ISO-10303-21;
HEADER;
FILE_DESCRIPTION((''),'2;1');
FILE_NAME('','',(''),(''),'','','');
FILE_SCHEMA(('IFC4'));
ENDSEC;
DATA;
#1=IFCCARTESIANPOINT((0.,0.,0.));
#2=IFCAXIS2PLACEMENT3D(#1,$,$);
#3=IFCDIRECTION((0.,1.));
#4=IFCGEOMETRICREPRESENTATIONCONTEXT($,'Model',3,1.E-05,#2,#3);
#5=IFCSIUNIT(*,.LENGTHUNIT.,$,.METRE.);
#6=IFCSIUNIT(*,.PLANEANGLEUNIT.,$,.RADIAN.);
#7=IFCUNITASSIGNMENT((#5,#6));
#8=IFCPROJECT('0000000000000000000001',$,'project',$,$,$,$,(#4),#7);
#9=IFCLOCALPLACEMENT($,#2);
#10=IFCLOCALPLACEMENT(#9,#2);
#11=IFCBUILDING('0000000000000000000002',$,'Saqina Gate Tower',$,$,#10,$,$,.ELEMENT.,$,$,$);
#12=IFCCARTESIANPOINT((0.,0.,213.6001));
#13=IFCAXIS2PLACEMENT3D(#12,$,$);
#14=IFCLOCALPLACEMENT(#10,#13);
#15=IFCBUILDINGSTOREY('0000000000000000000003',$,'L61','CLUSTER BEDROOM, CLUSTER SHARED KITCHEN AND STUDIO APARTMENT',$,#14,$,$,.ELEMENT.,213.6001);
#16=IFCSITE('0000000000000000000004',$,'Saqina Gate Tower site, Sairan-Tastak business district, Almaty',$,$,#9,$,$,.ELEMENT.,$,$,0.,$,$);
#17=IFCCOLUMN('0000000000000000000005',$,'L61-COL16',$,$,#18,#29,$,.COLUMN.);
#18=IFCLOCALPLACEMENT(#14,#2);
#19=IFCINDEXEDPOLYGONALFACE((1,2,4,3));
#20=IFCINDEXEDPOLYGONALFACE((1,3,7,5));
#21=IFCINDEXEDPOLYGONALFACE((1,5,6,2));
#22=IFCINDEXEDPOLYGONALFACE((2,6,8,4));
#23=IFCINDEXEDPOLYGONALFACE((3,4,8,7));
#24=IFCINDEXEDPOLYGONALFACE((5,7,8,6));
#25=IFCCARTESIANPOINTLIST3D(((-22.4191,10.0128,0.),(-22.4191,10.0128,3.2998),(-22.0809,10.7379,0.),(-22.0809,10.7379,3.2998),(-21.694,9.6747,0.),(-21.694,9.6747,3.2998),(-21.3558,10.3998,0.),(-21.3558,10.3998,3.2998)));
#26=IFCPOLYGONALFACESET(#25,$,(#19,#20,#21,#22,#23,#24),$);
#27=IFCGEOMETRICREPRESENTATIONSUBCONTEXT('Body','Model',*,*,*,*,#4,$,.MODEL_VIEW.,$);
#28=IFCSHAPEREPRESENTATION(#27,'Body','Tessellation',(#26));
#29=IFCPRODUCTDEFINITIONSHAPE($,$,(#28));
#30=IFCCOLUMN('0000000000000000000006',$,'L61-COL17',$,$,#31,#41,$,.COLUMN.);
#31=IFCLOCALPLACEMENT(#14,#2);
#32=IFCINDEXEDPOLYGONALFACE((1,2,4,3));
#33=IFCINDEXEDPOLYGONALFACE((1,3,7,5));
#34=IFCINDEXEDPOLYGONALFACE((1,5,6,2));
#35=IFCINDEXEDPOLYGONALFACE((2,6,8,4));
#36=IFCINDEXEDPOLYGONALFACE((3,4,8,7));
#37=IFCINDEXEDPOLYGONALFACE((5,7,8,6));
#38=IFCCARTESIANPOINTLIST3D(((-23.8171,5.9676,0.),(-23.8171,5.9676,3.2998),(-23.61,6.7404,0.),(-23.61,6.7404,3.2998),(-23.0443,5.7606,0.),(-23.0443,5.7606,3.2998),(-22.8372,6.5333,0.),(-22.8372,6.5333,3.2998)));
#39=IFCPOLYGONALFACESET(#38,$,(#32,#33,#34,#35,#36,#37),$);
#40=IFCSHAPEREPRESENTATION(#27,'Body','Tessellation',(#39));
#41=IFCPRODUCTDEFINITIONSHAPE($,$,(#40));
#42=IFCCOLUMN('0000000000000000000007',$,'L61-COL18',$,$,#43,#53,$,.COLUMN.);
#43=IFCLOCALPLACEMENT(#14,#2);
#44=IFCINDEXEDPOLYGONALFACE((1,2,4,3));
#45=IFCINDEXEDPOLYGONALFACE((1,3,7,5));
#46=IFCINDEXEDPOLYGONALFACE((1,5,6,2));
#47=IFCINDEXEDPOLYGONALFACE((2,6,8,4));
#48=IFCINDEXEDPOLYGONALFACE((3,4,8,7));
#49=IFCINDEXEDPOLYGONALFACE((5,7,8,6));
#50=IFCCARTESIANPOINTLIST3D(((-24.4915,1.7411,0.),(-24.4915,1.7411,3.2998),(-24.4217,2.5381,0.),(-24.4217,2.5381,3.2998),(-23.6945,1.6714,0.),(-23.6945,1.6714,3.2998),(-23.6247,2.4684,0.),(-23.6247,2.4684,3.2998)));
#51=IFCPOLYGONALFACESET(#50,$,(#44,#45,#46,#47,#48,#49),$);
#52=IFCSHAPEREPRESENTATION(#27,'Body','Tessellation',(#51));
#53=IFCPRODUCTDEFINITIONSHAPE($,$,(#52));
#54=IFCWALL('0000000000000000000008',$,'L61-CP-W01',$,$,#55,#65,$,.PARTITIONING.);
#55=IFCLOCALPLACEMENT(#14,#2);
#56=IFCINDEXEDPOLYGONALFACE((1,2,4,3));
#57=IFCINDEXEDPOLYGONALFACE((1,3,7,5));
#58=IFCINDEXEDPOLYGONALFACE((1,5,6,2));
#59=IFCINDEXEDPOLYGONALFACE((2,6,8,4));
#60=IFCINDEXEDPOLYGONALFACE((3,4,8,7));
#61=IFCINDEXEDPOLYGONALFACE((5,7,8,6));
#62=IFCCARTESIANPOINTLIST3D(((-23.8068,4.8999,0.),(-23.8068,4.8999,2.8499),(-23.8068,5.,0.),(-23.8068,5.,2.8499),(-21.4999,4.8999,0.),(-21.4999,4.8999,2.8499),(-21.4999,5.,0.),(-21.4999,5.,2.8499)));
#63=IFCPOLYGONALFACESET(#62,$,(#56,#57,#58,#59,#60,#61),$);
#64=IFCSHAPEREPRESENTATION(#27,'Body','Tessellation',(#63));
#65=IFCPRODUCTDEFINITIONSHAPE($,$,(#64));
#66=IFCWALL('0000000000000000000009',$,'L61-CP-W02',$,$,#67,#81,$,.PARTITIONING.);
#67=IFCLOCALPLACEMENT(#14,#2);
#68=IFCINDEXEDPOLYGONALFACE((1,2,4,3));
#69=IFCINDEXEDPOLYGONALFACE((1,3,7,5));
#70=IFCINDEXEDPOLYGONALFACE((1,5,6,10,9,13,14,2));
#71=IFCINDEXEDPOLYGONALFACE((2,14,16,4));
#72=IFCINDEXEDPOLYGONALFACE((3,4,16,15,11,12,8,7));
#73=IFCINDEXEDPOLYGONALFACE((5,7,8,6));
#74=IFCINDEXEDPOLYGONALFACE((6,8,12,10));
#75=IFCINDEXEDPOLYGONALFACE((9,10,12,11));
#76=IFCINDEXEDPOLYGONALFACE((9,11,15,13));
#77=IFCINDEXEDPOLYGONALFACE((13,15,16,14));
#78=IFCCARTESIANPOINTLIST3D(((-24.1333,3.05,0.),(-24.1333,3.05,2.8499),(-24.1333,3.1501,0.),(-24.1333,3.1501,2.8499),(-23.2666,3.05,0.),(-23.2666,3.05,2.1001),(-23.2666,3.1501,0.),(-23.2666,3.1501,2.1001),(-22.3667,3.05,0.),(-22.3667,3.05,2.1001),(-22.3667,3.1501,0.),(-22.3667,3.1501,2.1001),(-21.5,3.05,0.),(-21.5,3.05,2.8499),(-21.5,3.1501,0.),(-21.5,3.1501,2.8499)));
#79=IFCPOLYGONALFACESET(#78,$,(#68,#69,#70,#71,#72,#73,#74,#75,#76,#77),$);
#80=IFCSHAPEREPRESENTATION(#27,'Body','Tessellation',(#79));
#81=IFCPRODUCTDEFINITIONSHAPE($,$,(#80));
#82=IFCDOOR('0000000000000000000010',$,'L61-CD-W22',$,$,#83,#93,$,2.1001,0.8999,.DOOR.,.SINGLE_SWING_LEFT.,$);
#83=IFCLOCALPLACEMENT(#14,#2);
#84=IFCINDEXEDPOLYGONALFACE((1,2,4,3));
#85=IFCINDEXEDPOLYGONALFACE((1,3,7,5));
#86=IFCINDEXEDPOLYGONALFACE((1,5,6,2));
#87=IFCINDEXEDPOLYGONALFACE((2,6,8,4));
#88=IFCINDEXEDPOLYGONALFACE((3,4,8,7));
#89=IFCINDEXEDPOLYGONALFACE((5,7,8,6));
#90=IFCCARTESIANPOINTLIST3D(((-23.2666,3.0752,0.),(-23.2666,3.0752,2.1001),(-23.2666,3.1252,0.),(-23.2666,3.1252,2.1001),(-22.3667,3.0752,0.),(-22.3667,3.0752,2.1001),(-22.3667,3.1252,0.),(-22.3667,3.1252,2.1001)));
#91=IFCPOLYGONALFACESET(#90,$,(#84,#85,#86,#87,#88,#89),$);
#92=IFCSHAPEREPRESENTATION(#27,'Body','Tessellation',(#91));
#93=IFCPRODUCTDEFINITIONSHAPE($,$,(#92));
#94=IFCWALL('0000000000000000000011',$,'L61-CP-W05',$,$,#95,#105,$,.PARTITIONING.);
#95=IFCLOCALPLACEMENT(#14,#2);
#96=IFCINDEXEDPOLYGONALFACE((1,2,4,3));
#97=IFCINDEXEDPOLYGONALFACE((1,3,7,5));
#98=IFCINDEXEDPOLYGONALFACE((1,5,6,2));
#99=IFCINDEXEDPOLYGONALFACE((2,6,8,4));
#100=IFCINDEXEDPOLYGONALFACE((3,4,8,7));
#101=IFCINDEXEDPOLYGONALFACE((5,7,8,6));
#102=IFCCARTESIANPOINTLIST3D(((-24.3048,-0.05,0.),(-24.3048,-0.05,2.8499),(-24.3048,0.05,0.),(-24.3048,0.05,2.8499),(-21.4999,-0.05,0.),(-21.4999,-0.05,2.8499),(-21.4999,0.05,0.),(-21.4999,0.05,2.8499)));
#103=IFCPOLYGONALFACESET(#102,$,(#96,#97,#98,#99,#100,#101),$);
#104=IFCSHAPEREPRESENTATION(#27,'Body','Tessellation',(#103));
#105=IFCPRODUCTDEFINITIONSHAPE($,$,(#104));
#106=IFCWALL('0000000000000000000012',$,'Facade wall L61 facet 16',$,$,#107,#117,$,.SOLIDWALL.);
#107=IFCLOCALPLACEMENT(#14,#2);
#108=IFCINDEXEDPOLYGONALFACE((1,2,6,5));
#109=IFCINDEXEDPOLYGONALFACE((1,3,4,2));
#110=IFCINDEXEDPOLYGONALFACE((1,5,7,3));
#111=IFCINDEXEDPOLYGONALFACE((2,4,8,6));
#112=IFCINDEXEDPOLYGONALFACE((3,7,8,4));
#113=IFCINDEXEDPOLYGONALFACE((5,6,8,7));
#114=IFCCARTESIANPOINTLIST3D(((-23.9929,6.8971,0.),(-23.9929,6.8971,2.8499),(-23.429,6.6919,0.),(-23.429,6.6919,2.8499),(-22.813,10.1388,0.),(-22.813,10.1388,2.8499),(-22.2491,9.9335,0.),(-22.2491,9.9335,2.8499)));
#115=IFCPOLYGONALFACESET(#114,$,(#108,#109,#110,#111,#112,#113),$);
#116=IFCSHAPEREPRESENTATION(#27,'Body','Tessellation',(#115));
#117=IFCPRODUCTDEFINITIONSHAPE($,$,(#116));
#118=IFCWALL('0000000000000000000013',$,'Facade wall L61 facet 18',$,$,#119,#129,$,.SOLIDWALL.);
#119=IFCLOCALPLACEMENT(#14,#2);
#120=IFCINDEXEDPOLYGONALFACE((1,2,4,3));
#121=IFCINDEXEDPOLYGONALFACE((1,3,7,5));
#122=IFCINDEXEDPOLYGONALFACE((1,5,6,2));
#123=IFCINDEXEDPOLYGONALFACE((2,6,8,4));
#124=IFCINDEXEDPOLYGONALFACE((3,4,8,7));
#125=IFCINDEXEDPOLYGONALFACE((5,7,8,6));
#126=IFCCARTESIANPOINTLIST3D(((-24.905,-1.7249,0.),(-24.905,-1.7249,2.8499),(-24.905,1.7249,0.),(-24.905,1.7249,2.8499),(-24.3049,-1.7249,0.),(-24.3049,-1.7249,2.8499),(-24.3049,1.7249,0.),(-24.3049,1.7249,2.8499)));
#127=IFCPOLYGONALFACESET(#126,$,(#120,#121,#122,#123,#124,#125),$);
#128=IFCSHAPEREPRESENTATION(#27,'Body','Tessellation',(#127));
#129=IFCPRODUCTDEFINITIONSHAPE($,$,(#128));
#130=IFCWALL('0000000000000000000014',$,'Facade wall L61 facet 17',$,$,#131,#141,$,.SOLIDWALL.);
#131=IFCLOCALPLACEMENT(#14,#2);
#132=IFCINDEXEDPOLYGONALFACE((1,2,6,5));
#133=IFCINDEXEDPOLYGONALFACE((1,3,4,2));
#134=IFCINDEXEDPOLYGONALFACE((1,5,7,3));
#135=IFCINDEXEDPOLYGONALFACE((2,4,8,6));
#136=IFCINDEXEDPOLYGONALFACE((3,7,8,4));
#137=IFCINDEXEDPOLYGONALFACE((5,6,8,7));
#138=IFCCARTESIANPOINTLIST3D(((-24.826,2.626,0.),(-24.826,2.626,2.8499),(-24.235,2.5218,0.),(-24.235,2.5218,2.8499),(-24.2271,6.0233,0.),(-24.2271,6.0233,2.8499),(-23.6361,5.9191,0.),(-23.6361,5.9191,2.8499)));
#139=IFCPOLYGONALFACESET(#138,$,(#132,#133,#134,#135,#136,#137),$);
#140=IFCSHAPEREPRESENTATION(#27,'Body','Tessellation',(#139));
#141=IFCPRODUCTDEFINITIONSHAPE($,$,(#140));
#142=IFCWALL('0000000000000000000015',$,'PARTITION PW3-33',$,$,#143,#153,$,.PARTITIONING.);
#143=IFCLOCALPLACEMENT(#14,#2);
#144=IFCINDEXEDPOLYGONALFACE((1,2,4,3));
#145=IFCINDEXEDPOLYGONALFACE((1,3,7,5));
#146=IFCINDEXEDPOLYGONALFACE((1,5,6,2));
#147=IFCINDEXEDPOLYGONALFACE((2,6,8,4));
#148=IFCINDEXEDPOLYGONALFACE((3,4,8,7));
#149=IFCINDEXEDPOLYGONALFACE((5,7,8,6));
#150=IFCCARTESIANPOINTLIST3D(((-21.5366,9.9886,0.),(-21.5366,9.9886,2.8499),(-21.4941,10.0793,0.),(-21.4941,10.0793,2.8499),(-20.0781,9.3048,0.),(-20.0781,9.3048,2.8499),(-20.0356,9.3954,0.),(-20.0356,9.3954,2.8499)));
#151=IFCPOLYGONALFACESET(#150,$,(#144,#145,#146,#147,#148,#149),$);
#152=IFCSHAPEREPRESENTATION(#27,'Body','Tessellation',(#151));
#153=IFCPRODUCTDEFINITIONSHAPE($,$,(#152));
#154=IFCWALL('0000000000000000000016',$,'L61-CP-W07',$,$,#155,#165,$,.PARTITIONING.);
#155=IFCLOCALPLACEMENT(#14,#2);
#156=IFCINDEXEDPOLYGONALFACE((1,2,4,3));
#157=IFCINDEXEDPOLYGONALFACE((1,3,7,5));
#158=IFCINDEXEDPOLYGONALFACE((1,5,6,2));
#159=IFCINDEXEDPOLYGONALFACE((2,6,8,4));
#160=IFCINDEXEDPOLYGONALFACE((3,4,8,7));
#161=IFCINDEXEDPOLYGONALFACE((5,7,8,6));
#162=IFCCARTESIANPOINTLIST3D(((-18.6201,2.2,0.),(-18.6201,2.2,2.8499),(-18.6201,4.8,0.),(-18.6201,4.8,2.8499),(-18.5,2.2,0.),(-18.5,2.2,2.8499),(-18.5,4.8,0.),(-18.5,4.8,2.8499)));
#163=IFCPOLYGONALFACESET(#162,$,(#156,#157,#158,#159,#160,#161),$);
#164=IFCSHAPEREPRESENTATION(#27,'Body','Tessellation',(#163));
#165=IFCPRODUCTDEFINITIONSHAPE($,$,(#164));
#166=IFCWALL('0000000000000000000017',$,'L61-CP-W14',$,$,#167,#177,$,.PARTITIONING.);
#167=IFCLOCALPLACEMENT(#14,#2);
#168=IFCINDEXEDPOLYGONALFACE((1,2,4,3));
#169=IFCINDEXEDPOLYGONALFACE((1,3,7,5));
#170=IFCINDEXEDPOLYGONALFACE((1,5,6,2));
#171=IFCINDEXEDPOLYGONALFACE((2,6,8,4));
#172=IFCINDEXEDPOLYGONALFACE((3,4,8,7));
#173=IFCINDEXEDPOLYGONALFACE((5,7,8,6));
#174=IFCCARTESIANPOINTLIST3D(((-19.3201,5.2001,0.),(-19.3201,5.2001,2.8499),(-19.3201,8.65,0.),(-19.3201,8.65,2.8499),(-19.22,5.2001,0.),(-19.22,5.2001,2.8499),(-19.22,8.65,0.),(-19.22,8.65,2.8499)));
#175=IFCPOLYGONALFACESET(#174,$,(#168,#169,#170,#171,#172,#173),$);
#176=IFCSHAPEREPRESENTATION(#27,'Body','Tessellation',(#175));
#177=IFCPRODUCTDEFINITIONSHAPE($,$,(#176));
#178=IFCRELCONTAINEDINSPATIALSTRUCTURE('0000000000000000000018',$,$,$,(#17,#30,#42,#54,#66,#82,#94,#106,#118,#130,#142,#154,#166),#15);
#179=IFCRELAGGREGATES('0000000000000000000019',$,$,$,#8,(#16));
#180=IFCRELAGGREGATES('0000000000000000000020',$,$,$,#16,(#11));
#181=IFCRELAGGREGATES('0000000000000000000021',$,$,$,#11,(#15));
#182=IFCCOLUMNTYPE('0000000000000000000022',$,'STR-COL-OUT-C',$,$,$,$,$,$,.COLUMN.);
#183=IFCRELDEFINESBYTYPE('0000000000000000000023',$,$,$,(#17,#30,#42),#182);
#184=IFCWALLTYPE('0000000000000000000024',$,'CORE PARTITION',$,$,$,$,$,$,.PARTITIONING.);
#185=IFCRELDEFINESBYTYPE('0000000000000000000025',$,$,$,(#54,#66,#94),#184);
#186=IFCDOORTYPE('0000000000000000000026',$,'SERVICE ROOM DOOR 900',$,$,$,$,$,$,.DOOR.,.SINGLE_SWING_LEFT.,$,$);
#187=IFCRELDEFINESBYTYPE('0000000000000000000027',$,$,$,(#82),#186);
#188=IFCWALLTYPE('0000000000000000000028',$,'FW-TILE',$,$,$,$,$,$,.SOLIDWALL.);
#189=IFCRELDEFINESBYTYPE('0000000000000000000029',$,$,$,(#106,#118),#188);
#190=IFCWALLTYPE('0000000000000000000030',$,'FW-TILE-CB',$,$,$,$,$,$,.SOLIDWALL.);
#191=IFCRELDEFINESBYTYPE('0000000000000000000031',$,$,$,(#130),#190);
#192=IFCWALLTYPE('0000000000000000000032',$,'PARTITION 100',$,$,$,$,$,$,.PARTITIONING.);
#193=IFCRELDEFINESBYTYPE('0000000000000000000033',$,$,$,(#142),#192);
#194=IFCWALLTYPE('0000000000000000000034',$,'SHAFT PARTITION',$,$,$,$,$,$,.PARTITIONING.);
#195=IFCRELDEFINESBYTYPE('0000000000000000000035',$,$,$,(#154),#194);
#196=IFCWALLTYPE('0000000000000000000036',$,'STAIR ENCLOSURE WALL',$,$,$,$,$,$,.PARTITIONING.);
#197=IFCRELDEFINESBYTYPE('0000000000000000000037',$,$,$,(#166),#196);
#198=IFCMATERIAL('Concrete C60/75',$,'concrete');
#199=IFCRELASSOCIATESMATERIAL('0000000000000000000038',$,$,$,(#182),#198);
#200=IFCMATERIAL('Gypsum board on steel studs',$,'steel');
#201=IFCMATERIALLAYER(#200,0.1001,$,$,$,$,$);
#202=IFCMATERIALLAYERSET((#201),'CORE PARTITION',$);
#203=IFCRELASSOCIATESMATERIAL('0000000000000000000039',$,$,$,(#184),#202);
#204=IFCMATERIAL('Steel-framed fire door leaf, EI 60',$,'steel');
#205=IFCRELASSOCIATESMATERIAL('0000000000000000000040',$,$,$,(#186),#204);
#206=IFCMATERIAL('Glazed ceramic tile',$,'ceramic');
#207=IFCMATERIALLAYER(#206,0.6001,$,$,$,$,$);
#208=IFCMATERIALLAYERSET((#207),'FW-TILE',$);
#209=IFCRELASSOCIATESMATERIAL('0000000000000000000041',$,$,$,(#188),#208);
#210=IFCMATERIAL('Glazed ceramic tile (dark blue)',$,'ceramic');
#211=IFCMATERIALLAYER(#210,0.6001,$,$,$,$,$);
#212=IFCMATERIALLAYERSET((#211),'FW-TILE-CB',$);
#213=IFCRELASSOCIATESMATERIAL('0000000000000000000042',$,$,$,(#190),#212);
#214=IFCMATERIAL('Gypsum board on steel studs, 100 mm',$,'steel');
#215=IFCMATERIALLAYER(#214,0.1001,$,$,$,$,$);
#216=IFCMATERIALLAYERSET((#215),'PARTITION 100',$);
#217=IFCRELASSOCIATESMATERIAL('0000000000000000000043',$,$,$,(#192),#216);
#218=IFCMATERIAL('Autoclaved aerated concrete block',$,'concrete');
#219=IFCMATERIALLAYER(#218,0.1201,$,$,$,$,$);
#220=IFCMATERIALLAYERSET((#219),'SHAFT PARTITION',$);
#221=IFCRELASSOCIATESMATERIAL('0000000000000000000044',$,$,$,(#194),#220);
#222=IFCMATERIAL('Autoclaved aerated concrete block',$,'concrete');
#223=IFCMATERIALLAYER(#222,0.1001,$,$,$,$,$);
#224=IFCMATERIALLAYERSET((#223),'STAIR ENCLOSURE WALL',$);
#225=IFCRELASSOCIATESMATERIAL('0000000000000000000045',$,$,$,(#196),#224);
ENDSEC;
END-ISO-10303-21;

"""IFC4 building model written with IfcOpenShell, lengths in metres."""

from ifc_helpers import new_model, si_unit, direction, frame, frame_2d, origin, origin_2d, place, context, subcontext, project, spatial, rectangle, extrude, material, layer, layer_set, material_profile, profile_set, type_object, element, fill, save


model = new_model("IFC4")

# Units and contexts
model_context = context("Model", 3, precision=1e-05, world=origin(), true_north=direction((0.0, 1.0)))
body_context = subcontext(model_context, "Body", "Model", "MODEL_VIEW")
ifc_project = project(units=[si_unit("LENGTHUNIT", "METRE"), si_unit("PLANEANGLEUNIT", "RADIAN")], contexts=[model_context])

# Site, building, storey
site_placement = place(None, origin())
site = spatial("IfcSite", under=ifc_project, at=site_placement, Name="Saqina Gate Tower site, Sairan-Tastak business district, Almaty", CompositionType="ELEMENT", RefElevation=0.0)
building_placement = place(site_placement, origin())
building = spatial("IfcBuilding", under=site, at=building_placement, Name="Saqina Gate Tower", CompositionType="ELEMENT")
storey_placement = place(building_placement, frame((0.0, 0.0, 213.6001)))
storey = spatial("IfcBuildingStorey", under=building, at=storey_placement, Name="L61", Description="CLUSTER BEDROOM, CLUSTER SHARED KITCHEN AND STUDIO APARTMENT", CompositionType="ELEMENT", Elevation=213.6001)

# Columns
ifc_material_1 = material(Name="Concrete C60/75", Category="concrete")
ifc_material_profile = material_profile(ifc_material_1, rectangle(XDim=0.8, YDim=0.8, at=origin_2d()), Name="RC 800x800")
ifc_profile_set = profile_set([ifc_material_profile], Name="Concrete C60/75")
column_type = type_object("IfcColumnType", Name="STR-COL-OUT-C", PredefinedType="COLUMN", material=ifc_profile_set)
for number, where, z_axis, x_axis, name in (
    (1, (-21.8875, 10.2063, 0.0), (0.0, 0.0, 1.0), (-0.906308, 0.422618, 0.0), "L61-COL16"),
    (2, (-23.3271, 6.2505, 0.0), (0.0, 0.0, 1.0), (-0.965926, 0.258819, 0.0), "L61-COL17"),
    (3, (-24.0581, 2.1047, 0.0), (0.0, 0.0, 1.0), (-0.996195, 0.087156, 0.0), "L61-COL18"),
):
    element("IfcColumn", number, at=place(storey_placement, frame(where, z_axis=z_axis, x_axis=x_axis)), inside=storey, type_object=column_type, Name=name, PredefinedType="COLUMN", context=body_context, shape_type="SweptSolid", body=[
        extrude(rectangle(XDim=0.8, YDim=0.8, at=origin_2d()), origin(), (0.0, 0.0, 1.0), 3.2998),
    ])

# Wall
ifc_material_2 = material(Name="Gypsum board on steel studs", Category="steel")
ifc_layer_1 = layer(ifc_material_2, 0.1001)
ifc_layer_set_1 = layer_set([ifc_layer_1], Name="CORE PARTITION")
wall_type_1 = type_object("IfcWallType", Name="CORE PARTITION", PredefinedType="PARTITIONING", material=ifc_layer_set_1)
wall_1_placement = place(storey_placement, frame((-21.5, 4.95, 0.0), z_axis=(0.0, 0.0, 1.0), x_axis=(-1.0, 0.0, 0.0)))
element("IfcWall", 4, at=wall_1_placement, inside=storey, type_object=wall_type_1, Name="L61-CP-W01", PredefinedType="PARTITIONING", context=body_context, shape_type="SweptSolid", body=[
    extrude(rectangle(XDim=2.3069, YDim=0.1001, at=frame_2d((1.1533, 0.0))), origin(), (0.0, 0.0, 1.0), 2.8499),
])

# Wall, opening, door
wall_2_placement = place(storey_placement, frame((-21.5, 3.1001, 0.0), z_axis=(0.0, 0.0, 1.0), x_axis=(-1.0, 0.0, 0.0)))
wall_2 = element("IfcWall", 5, at=wall_2_placement, inside=storey, type_object=wall_type_1, Name="L61-CP-W02", PredefinedType="PARTITIONING", context=body_context, shape_type="SweptSolid", body=[
    extrude(rectangle(XDim=2.6333, YDim=0.1001, at=frame_2d((1.3167, 0.0))), origin(), (0.0, 0.0, 1.0), 2.8499),
])
opening_placement = place(wall_2_placement, frame((0.8667, 0.0, 0.0)))
opening = element("IfcOpeningElement", 6, at=opening_placement, cuts=wall_2, PredefinedType="OPENING", context=body_context, shape_type="SweptSolid", body=[
    extrude(rectangle(XDim=0.8999, YDim=2.1001, at=frame_2d((0.45, 1.05))), frame((0.0, 0.062, 0.0), z_axis=(0.0, -1.0, 0.0), x_axis=(1.0, 0.0, 0.0)), (0.0, 0.0, 1.0), 0.124),
])
ifc_material_3 = material(Name="Steel-framed fire door leaf, EI 60", Category="steel")
door_type = type_object("IfcDoorType", Name="SERVICE ROOM DOOR 900", OperationType="SINGLE_SWING_LEFT", PredefinedType="DOOR", material=ifc_material_3)
door_placement = place(opening_placement, origin())
door = element("IfcDoor", 7, at=door_placement, inside=storey, type_object=door_type, Name="L61-CD-W22", OperationType="SINGLE_SWING_LEFT", OverallHeight=2.1001, OverallWidth=0.8999, PredefinedType="DOOR", context=body_context, shape_type="SweptSolid", body=[
    extrude(rectangle(XDim=0.8999, YDim=2.1001, at=frame_2d((0.45, 1.05))), frame((0.0, 0.0249, 0.0), z_axis=(0.0, -1.0, 0.0), x_axis=(1.0, 0.0, 0.0)), (0.0, 0.0, 1.0), 0.05),
])
fill(opening, door)

# Walls
wall_3_placement = place(storey_placement, frame((-21.5, 0.0, 0.0), z_axis=(0.0, 0.0, 1.0), x_axis=(-1.0, 0.0, 0.0)))
element("IfcWall", 8, at=wall_3_placement, inside=storey, type_object=wall_type_1, Name="L61-CP-W05", PredefinedType="PARTITIONING", context=body_context, shape_type="SweptSolid", body=[
    extrude(rectangle(XDim=2.8049, YDim=0.1001, at=frame_2d((1.4023, 0.0))), origin(), (0.0, 0.0, 1.0), 2.8499),
])
ifc_material_4 = material(Name="Glazed ceramic tile", Category="ceramic")
ifc_layer_2 = layer(ifc_material_4, 0.6001)
ifc_layer_set_2 = layer_set([ifc_layer_2], Name="FW-TILE")
wall_type_2 = type_object("IfcWallType", Name="FW-TILE", PredefinedType="SOLIDWALL", material=ifc_layer_set_2)
for number, where, z_axis, x_axis, name in (
    (9, (-22.531, 10.0361, 0.0), (0.0, 0.0, 1.0), (-0.342033, -0.939688, 0.0), "Facade wall L61 facet 16"),
    (10, (-24.605, 1.7249, 0.0), (0.0, 0.0, 1.0), (0.0, -1.0, 0.0), "Facade wall L61 facet 18"),
):
    element("IfcWall", number, at=place(storey_placement, frame(where, z_axis=z_axis, x_axis=x_axis)), inside=storey, type_object=wall_type_2, Name=name, PredefinedType="SOLIDWALL", context=body_context, shape_type="SweptSolid", body=[
        extrude(rectangle(XDim=3.4497, YDim=0.6001, at=frame_2d((1.7249, 0.0))), origin(), (0.0, 0.0, 1.0), 2.8499),
    ])
ifc_material_5 = material(Name="Glazed ceramic tile (dark blue)", Category="ceramic")
ifc_layer_3 = layer(ifc_material_5, 0.6001)
ifc_layer_set_3 = layer_set([ifc_layer_3], Name="FW-TILE-CB")
wall_type_3 = type_object("IfcWallType", Name="FW-TILE-CB", PredefinedType="SOLIDWALL", material=ifc_layer_set_3)
wall_4_placement = place(storey_placement, frame((-23.9316, 5.9712, 0.0), z_axis=(0.0, 0.0, 1.0), x_axis=(-0.173608, -0.984815, 0.0)))
element("IfcWall", 11, at=wall_4_placement, inside=storey, type_object=wall_type_3, Name="Facade wall L61 facet 17", PredefinedType="SOLIDWALL", context=body_context, shape_type="SweptSolid", body=[
    extrude(rectangle(XDim=3.4497, YDim=0.6001, at=frame_2d((1.7249, 0.0))), origin(), (0.0, 0.0, 1.0), 2.8499),
])
ifc_material_6 = material(Name="Gypsum board on steel studs, 100 mm", Category="steel")
ifc_layer_4 = layer(ifc_material_6, 0.1001)
ifc_layer_set_4 = layer_set([ifc_layer_4], Name="PARTITION 100")
wall_type_4 = type_object("IfcWallType", Name="PARTITION 100", PredefinedType="PARTITIONING", material=ifc_layer_set_4)
wall_5_placement = place(storey_placement, frame((-21.5154, 10.0339, 0.0), z_axis=(0.0, 0.0, 1.0), x_axis=(0.905419, -0.424519, 0.0)))
element("IfcWall", 12, at=wall_5_placement, inside=storey, type_object=wall_type_4, Name="PARTITION PW3-33", PredefinedType="PARTITIONING", context=body_context, shape_type="SweptSolid", body=[
    extrude(rectangle(XDim=1.6108, YDim=0.1001, at=frame_2d((0.8054, 0.0))), origin(), (0.0, 0.0, 1.0), 2.8499),
])
ifc_material_7 = material(Name="Autoclaved aerated concrete block", Category="concrete")
ifc_layer_5 = layer(ifc_material_7, 0.1201)
ifc_layer_set_5 = layer_set([ifc_layer_5], Name="SHAFT PARTITION")
wall_type_5 = type_object("IfcWallType", Name="SHAFT PARTITION", PredefinedType="PARTITIONING", material=ifc_layer_set_5)
wall_6_placement = place(storey_placement, frame((-18.5601, 2.2, 0.0), z_axis=(0.0, 0.0, 1.0), x_axis=(0.0, 1.0, 0.0)))
element("IfcWall", 13, at=wall_6_placement, inside=storey, type_object=wall_type_5, Name="L61-CP-W07", PredefinedType="PARTITIONING", context=body_context, shape_type="SweptSolid", body=[
    extrude(rectangle(XDim=2.6001, YDim=0.1201, at=frame_2d((1.3, 0.0))), origin(), (0.0, 0.0, 1.0), 2.8499),
])
ifc_material_8 = material(Name="Autoclaved aerated concrete block", Category="concrete")
ifc_layer_6 = layer(ifc_material_8, 0.1001)
ifc_layer_set_6 = layer_set([ifc_layer_6], Name="STAIR ENCLOSURE WALL")
wall_type_6 = type_object("IfcWallType", Name="STAIR ENCLOSURE WALL", PredefinedType="PARTITIONING", material=ifc_layer_set_6)
wall_7_placement = place(storey_placement, frame((-19.27, 5.2, 0.0), z_axis=(0.0, 0.0, 1.0), x_axis=(0.0, 1.0, 0.0)))
element("IfcWall", 14, at=wall_7_placement, inside=storey, type_object=wall_type_6, Name="L61-CP-W14", PredefinedType="PARTITIONING", context=body_context, shape_type="SweptSolid", body=[
    extrude(rectangle(XDim=3.45, YDim=0.1001, at=frame_2d((1.7251, 0.0))), origin(), (0.0, 0.0, 1.0), 2.8499),
])

save(model, "model.ifc")
